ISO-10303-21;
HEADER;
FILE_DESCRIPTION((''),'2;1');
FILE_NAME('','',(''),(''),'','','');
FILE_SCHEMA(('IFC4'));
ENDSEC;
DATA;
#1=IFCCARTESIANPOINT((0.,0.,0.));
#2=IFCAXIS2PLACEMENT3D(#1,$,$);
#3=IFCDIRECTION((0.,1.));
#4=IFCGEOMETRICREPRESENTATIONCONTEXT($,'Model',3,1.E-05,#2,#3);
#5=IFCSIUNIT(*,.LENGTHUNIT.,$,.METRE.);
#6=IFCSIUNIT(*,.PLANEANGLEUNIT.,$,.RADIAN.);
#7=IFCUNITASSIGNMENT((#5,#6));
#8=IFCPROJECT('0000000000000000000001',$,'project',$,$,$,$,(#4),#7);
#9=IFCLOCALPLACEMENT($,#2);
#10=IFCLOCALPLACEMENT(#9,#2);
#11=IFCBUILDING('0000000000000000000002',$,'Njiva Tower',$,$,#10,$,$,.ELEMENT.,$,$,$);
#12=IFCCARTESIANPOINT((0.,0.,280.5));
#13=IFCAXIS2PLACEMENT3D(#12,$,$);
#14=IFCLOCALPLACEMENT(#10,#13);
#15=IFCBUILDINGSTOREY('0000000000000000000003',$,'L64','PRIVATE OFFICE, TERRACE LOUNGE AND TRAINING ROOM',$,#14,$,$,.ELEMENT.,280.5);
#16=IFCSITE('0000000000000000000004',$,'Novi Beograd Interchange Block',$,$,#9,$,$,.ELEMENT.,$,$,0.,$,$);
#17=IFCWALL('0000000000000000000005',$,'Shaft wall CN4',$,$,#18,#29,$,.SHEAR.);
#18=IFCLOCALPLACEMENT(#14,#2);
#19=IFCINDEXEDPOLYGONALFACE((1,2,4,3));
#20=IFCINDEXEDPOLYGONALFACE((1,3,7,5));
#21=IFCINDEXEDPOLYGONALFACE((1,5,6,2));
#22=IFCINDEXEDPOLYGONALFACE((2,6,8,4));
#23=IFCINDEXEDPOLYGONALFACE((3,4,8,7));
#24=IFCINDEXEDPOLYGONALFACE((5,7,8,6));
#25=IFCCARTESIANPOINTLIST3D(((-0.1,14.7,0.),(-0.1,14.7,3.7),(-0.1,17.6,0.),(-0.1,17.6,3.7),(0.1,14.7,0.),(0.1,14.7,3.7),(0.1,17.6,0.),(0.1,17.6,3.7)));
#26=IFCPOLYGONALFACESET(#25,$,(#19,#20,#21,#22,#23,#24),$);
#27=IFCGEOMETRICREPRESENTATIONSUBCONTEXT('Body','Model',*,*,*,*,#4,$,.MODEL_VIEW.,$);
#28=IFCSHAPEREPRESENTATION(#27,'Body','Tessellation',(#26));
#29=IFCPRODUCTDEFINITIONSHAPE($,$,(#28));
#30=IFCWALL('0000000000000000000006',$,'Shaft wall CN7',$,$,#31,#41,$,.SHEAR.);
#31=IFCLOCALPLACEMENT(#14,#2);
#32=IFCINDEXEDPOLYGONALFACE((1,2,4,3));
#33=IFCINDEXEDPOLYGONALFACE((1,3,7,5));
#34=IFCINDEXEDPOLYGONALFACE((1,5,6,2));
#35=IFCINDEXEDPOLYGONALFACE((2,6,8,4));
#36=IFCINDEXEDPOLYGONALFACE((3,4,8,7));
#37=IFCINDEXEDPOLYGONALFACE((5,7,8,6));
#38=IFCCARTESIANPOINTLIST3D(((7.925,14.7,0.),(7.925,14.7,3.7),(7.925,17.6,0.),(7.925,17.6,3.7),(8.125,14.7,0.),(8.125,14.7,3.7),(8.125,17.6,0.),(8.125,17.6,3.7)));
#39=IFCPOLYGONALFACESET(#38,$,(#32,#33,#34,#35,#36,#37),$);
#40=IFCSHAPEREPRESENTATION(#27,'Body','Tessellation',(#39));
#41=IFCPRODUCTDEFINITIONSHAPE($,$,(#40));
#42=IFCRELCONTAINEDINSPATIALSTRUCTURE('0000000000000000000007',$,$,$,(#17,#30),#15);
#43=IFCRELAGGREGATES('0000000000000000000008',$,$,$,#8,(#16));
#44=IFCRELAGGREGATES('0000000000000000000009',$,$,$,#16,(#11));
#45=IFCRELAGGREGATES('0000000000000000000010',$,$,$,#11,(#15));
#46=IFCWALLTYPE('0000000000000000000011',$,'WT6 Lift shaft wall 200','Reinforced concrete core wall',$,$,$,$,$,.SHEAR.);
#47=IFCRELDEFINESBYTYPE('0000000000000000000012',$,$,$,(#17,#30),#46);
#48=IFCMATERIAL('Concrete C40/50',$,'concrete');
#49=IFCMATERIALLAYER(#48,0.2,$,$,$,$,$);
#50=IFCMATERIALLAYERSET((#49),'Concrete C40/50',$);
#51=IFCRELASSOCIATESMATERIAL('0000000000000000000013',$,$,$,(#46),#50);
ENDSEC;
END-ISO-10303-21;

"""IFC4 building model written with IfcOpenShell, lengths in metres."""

from ifc_helpers import new_model, si_unit, direction, frame, frame_2d, origin, place, context, subcontext, project, spatial, rectangle, extrude, material, layer, layer_set, type_object, element, save


model = new_model("IFC4")

# Units and contexts
model_context = context("Model", 3, precision=1e-05, world=origin(), true_north=direction((0.0, 1.0)))
body_context = subcontext(model_context, "Body", "Model", "MODEL_VIEW")
ifc_project = project(units=[si_unit("LENGTHUNIT", "METRE"), si_unit("PLANEANGLEUNIT", "RADIAN")], contexts=[model_context])

# Site, building, storey
site_placement = place(None, origin())
site = spatial("IfcSite", under=ifc_project, at=site_placement, Name="Novi Beograd Interchange Block", CompositionType="ELEMENT", RefElevation=0.0)
building_placement = place(site_placement, origin())
building = spatial("IfcBuilding", under=site, at=building_placement, Name="Njiva Tower", CompositionType="ELEMENT")
storey_placement = place(building_placement, frame((0.0, 0.0, 280.5)))
storey = spatial("IfcBuildingStorey", under=building, at=storey_placement, Name="L64", Description="PRIVATE OFFICE, TERRACE LOUNGE AND TRAINING ROOM", CompositionType="ELEMENT", Elevation=280.5)

# Walls
ifc_material_1 = material(Name="Concrete C40/50", Category="concrete")
ifc_layer_1 = layer(ifc_material_1, 0.2)
ifc_layer_set_1 = layer_set([ifc_layer_1], Name="Concrete C40/50")
wall_type_1 = type_object("IfcWallType", Name="WT6 Lift shaft wall 200", Description="Reinforced concrete core wall", PredefinedType="SHEAR", material=ifc_layer_set_1)
for number, where, z_axis, x_axis, name in (
    (1, (0.0, 14.7, 0.0), (0.0, 0.0, 1.0), (0.0, 1.0, 0.0), "Shaft wall CN4"),
    (2, (8.025, 14.7, 0.0), (0.0, 0.0, 1.0), (0.0, 1.0, 0.0), "Shaft wall CN7"),
):
    element("IfcWall", number, at=place(storey_placement, frame(where, z_axis=z_axis, x_axis=x_axis)), inside=storey, type_object=wall_type_1, Name=name, PredefinedType="SHEAR", context=body_context, shape_type="SweptSolid", body=[
        extrude(rectangle(XDim=2.9, YDim=0.2, at=frame_2d((1.45, 0.0))), origin(), (0.0, 0.0, 1.0), 3.7),
    ])

save(model, "model.ifc")
